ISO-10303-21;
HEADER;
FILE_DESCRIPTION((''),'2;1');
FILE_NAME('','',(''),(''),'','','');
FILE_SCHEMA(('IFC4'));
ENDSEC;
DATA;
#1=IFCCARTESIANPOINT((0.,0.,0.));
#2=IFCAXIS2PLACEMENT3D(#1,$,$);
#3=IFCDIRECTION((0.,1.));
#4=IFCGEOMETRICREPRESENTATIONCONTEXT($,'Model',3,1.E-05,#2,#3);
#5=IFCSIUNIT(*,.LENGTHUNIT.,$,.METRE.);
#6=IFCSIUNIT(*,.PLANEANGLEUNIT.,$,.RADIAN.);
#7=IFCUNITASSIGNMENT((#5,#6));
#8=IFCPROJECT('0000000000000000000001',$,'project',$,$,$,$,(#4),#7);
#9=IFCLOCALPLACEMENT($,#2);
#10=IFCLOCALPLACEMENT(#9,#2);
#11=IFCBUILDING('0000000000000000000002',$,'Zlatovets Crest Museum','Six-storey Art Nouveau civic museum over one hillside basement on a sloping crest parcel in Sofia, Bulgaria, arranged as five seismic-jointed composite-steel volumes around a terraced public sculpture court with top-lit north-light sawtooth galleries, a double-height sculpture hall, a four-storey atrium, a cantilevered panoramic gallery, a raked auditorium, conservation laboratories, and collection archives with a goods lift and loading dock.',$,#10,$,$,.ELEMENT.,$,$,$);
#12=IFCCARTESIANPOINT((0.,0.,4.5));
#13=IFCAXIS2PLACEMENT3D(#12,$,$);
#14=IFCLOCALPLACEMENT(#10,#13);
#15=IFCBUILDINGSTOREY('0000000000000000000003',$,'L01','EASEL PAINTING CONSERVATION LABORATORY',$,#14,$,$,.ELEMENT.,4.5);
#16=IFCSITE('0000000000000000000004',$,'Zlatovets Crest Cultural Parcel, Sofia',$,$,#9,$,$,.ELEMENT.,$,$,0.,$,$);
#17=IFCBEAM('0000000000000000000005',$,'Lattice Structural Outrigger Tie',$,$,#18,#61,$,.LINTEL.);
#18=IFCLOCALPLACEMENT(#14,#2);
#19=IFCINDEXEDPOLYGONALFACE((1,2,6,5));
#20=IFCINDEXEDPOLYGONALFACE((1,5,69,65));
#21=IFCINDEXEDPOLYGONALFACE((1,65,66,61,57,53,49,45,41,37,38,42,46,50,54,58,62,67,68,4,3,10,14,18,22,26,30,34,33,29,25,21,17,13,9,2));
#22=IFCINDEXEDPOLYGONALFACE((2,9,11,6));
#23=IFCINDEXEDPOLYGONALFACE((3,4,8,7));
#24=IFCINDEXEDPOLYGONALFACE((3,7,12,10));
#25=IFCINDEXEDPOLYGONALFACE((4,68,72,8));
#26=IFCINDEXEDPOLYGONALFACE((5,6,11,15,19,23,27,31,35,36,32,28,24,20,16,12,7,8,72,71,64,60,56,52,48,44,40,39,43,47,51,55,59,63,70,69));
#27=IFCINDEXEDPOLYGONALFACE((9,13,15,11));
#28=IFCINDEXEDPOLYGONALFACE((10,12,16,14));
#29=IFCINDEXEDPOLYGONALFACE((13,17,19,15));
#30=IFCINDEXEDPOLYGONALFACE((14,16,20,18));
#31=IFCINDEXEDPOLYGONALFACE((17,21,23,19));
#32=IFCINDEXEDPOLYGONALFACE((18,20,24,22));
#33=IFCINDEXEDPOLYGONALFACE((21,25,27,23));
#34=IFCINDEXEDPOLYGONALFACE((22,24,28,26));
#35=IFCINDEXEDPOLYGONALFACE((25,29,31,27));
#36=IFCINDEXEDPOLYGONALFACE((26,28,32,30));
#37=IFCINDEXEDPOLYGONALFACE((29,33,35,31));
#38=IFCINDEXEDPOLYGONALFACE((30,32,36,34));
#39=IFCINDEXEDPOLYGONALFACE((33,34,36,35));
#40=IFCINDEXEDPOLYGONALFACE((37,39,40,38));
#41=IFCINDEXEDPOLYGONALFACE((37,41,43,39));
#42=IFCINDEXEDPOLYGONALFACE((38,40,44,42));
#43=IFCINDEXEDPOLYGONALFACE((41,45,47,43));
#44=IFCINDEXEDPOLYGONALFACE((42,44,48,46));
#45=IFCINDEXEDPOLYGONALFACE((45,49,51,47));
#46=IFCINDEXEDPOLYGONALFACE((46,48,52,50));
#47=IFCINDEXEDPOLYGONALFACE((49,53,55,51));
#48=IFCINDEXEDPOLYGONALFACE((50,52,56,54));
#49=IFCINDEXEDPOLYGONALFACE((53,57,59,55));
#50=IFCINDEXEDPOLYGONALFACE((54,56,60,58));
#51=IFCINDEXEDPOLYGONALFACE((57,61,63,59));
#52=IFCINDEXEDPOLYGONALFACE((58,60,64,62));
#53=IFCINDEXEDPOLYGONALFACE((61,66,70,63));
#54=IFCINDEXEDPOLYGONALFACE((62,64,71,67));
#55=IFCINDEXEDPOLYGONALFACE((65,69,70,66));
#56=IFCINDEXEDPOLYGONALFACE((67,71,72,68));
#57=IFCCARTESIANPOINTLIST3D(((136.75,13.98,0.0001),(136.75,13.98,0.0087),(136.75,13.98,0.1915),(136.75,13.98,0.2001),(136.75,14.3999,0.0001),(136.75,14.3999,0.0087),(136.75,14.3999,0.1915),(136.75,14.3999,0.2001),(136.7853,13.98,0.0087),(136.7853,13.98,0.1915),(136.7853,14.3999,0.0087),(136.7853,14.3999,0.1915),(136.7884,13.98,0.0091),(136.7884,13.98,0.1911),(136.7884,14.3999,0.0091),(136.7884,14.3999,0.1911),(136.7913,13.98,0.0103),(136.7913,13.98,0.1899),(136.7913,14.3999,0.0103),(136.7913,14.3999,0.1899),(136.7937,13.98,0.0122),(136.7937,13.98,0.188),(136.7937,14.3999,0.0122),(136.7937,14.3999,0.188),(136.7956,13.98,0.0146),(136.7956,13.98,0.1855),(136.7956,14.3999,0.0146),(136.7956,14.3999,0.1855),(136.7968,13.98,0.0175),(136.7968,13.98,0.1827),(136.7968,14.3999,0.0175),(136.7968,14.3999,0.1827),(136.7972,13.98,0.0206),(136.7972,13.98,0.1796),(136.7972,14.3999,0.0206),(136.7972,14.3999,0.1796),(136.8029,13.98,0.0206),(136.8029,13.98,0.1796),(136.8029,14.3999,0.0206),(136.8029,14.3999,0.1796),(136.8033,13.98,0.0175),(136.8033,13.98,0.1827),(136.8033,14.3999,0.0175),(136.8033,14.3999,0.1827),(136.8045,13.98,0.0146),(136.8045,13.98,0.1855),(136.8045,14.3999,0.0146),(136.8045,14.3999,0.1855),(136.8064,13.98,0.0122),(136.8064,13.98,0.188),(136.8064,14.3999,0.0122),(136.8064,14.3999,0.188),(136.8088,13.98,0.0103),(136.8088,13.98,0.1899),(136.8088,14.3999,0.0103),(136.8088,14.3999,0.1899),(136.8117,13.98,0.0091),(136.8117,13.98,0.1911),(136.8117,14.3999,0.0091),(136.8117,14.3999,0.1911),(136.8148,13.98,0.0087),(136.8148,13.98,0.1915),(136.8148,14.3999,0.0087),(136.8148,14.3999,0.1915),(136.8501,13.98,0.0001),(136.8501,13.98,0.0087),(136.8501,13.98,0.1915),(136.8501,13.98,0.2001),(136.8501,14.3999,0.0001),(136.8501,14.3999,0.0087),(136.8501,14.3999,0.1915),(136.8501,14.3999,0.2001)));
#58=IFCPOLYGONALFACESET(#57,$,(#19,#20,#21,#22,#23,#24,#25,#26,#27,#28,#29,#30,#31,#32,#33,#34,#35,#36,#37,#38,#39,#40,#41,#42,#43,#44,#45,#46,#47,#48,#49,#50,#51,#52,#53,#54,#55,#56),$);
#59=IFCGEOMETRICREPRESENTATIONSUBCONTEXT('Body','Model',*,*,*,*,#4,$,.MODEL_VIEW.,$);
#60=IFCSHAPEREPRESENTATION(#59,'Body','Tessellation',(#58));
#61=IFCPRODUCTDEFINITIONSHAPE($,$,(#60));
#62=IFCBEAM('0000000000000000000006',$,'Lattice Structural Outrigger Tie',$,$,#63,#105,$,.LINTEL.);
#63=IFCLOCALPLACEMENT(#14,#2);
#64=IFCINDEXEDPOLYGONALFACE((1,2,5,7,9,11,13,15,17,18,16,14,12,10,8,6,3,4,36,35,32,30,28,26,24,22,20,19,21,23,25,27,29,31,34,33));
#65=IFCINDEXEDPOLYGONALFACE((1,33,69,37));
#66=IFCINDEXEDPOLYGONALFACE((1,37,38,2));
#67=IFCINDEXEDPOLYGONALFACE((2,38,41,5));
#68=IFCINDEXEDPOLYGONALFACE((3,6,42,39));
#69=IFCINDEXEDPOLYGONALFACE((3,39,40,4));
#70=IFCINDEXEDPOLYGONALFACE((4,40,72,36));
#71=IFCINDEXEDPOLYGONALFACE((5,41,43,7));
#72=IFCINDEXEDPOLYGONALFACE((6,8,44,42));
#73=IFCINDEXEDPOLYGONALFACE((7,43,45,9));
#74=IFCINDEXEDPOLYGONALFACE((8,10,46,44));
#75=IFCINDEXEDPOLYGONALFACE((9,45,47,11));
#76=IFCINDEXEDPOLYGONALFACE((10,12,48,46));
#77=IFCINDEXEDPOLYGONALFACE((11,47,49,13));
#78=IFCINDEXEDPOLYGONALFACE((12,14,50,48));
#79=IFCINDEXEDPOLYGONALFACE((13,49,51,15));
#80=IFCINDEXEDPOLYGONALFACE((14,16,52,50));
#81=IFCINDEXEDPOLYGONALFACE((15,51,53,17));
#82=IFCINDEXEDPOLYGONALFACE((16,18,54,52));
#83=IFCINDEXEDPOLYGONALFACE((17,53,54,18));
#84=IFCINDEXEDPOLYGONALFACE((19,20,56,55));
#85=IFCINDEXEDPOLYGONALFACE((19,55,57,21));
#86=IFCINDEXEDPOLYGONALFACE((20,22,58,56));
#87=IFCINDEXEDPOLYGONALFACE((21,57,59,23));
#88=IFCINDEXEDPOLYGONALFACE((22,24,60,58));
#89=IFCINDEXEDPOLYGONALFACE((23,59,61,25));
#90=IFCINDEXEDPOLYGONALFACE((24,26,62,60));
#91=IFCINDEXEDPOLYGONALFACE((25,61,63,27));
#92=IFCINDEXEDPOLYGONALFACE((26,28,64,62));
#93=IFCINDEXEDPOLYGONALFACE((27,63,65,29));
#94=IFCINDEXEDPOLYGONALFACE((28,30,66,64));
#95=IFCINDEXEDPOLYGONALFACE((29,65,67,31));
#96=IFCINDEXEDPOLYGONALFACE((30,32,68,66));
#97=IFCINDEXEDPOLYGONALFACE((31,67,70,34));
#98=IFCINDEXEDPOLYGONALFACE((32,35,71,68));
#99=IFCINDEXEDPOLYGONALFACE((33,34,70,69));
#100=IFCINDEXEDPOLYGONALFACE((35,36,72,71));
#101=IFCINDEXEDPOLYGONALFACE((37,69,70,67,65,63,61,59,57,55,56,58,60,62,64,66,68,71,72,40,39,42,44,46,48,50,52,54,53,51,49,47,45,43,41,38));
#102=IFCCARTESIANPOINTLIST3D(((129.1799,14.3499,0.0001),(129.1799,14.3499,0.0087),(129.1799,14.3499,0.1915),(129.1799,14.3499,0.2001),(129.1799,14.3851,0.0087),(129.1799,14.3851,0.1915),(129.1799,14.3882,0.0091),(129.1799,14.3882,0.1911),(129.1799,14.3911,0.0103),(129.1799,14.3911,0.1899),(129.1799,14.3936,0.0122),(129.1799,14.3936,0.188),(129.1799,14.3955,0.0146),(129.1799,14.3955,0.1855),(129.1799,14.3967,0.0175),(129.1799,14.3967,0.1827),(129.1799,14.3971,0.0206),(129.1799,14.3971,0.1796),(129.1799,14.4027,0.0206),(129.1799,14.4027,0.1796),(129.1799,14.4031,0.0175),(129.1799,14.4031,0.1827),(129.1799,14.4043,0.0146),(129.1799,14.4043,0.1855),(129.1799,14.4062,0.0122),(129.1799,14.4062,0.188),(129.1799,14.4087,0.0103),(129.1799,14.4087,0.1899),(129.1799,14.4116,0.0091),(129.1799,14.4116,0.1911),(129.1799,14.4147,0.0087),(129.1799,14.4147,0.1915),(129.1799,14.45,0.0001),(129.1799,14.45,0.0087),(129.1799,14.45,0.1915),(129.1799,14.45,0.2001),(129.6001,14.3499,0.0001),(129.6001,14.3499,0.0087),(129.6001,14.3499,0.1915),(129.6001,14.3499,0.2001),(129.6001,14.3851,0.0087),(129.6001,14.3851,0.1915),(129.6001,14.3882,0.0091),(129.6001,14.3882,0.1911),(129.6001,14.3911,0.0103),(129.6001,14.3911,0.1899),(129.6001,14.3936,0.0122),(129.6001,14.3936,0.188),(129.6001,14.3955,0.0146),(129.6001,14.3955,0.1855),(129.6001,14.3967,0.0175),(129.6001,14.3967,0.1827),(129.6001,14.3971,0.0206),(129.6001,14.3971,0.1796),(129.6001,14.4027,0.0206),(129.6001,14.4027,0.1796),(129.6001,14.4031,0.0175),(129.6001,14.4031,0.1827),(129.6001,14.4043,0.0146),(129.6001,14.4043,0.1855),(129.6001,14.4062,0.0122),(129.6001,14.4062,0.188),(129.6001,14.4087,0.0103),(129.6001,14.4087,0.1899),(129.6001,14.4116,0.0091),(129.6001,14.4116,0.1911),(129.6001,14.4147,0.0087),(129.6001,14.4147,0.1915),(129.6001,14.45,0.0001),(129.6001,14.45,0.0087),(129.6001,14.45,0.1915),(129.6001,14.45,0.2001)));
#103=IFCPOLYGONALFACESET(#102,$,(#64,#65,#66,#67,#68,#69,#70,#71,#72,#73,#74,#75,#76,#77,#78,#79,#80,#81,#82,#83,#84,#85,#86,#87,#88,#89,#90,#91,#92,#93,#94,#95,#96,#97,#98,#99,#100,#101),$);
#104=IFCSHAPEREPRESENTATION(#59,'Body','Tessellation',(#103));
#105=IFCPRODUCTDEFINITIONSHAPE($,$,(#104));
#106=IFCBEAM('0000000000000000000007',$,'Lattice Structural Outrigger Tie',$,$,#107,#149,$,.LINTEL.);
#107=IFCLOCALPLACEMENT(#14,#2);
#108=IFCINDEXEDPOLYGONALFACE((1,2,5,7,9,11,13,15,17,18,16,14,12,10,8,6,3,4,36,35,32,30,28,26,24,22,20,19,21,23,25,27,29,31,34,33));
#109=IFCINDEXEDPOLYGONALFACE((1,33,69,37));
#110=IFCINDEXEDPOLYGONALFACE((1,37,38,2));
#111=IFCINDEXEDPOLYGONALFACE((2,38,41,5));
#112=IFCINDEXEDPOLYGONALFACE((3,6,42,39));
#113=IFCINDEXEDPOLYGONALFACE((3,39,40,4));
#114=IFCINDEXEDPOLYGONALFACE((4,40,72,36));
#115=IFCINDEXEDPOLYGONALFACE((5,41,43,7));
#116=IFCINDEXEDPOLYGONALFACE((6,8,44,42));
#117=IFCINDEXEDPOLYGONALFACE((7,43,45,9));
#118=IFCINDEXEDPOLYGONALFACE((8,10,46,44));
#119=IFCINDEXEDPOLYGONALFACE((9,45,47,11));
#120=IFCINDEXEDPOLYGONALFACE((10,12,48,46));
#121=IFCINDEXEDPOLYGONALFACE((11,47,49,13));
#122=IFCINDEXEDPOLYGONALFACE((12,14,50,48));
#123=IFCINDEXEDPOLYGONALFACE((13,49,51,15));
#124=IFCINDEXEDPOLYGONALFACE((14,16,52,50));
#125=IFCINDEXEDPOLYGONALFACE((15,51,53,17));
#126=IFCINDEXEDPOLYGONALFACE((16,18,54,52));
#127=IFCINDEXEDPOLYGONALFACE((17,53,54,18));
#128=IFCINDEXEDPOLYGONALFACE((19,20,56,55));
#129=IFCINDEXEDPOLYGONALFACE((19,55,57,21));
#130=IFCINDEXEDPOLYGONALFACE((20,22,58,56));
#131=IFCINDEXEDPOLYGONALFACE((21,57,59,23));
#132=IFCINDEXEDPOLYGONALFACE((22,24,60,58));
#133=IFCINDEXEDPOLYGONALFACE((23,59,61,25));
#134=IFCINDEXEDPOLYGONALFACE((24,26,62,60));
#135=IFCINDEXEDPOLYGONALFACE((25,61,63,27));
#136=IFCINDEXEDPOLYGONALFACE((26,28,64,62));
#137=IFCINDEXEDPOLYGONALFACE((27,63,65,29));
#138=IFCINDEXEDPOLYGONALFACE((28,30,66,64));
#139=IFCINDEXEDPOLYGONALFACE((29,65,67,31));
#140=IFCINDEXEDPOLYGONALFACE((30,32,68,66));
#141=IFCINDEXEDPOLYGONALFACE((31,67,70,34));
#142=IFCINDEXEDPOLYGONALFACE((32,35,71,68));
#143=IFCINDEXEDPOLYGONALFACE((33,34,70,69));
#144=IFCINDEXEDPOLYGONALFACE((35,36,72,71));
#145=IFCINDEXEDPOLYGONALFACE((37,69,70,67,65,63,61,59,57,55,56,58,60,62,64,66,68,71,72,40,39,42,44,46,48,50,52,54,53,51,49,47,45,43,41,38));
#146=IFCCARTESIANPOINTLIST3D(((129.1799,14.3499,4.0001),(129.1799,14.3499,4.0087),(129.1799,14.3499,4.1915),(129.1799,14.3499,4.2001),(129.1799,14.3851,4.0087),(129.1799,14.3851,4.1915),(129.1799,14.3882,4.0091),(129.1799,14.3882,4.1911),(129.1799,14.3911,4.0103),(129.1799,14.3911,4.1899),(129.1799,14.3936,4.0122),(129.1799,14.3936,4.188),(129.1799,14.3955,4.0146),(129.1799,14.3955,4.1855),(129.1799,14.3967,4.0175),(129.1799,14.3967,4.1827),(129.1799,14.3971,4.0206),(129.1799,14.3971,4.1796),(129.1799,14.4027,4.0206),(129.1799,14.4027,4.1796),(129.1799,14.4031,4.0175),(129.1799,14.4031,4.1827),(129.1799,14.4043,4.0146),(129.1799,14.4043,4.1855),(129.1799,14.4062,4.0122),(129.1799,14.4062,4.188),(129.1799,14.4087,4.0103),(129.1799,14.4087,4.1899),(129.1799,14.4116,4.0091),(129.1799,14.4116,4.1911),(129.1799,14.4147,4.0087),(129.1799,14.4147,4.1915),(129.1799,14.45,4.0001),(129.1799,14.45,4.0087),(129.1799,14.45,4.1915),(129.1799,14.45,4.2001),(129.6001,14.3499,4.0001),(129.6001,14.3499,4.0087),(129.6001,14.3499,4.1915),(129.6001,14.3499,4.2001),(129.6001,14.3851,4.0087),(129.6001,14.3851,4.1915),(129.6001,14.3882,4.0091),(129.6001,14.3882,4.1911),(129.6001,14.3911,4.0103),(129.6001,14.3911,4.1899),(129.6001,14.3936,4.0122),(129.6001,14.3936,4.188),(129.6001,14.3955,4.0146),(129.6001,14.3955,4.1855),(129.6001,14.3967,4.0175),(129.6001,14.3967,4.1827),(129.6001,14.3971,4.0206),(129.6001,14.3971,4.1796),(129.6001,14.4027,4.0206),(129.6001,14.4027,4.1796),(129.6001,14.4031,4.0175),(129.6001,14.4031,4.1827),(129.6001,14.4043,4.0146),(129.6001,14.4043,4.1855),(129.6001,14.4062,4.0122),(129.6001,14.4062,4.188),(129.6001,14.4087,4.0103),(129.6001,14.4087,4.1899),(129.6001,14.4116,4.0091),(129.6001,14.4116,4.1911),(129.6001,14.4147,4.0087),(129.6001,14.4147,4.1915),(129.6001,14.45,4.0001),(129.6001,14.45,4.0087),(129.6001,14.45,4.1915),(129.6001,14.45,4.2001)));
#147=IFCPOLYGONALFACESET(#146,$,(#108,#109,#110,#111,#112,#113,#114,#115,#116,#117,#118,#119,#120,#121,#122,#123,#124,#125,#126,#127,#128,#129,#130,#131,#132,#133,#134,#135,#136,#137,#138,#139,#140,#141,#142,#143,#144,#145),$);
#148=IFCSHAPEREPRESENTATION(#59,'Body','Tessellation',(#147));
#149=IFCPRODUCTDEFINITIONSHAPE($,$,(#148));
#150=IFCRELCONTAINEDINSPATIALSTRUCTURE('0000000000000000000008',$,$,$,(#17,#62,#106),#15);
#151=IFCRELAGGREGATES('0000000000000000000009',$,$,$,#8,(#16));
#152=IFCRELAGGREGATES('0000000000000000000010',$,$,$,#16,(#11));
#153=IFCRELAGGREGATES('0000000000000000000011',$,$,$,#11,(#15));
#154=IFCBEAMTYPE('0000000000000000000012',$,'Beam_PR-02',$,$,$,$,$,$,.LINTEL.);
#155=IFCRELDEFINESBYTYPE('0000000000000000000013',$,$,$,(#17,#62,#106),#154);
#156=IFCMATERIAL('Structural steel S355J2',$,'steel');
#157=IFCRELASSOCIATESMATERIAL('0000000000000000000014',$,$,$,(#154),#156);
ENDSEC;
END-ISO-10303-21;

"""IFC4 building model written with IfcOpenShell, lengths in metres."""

from ifc_helpers import new_model, si_unit, direction, frame, origin, origin_2d, place, context, subcontext, project, spatial, i_section, extrude, material, material_profile, profile_set, type_object, element, save


model = new_model("IFC4")

# Units and contexts
model_context = context("Model", 3, precision=1e-05, world=origin(), true_north=direction((0.0, 1.0)))
body_context = subcontext(model_context, "Body", "Model", "MODEL_VIEW")
ifc_project = project(units=[si_unit("LENGTHUNIT", "METRE"), si_unit("PLANEANGLEUNIT", "RADIAN")], contexts=[model_context])

# Site, building, storey
site_placement = place(None, origin())
site = spatial("IfcSite", under=ifc_project, at=site_placement, Name="Zlatovets Crest Cultural Parcel, Sofia", CompositionType="ELEMENT", RefElevation=0.0)
building_placement = place(site_placement, origin())
building = spatial("IfcBuilding", under=site, at=building_placement, Name="Zlatovets Crest Museum", Description="Six-storey Art Nouveau civic museum over one hillside basement on a sloping crest parcel in Sofia, Bulgaria, arranged as five seismic-jointed composite-steel volumes around a terraced public sculpture court with top-lit north-light sawtooth galleries, a double-height sculpture hall, a four-storey atrium, a cantilevered panoramic gallery, a raked auditorium, conservation laboratories, and collection archives with a goods lift and loading dock.", CompositionType="ELEMENT")
storey_placement = place(building_placement, frame((0.0, 0.0, 4.5)))
storey = spatial("IfcBuildingStorey", under=building, at=storey_placement, Name="L01", Description="EASEL PAINTING CONSERVATION LABORATORY", CompositionType="ELEMENT", Elevation=4.5)

# Shared definitions
ifc_material_1 = material(Name="Structural steel S355J2", Category="steel")

# Beams
ifc_material_profile_1 = material_profile(ifc_material_1, i_section(OverallWidth=0.1001, OverallDepth=0.2, WebThickness=0.0056, FlangeThickness=0.0085, FilletRadius=0.012, at=origin_2d()), Name="IPE 200")
ifc_profile_set_1 = profile_set([ifc_material_profile_1], Name="Structural steel S355J2")
beam_type_1 = type_object("IfcBeamType", Name="Beam_PR-02", PredefinedType="LINTEL", material=ifc_profile_set_1)
for number, where, z_axis, x_axis, name in (
    (1, (136.8, 14.3999, 0.1001), (0.0, -1.0, 0.0), (1.0, 0.0, 0.0), "Lattice Structural Outrigger Tie"),
):
    element("IfcBeam", number, at=place(storey_placement, frame(where, z_axis=z_axis, x_axis=x_axis)), inside=storey, type_object=beam_type_1, Name=name, PredefinedType="LINTEL", context=body_context, shape_type="SweptSolid", body=[
        extrude(i_section(OverallWidth=0.1001, OverallDepth=0.2, WebThickness=0.0056, FlangeThickness=0.0085, FilletRadius=0.012, at=origin_2d()), origin(), (0.0, 0.0, 1.0), 0.4199),
    ])
for number, where, z_axis, x_axis, name in (
    (2, (129.6001, 14.3999, 0.1001), (-1.0, 0.0, 0.0), (0.0, -1.0, 0.0), "Lattice Structural Outrigger Tie"),
    (3, (129.6001, 14.3999, 4.1001), (-1.0, 0.0, 0.0), (0.0, -1.0, 0.0), "Lattice Structural Outrigger Tie"),
):
    element("IfcBeam", number, at=place(storey_placement, frame(where, z_axis=z_axis, x_axis=x_axis)), inside=storey, type_object=beam_type_1, Name=name, PredefinedType="LINTEL", context=body_context, shape_type="SweptSolid", body=[
        extrude(i_section(OverallWidth=0.1001, OverallDepth=0.2, WebThickness=0.0056, FlangeThickness=0.0085, FilletRadius=0.012, at=origin_2d()), origin(), (0.0, 0.0, 1.0), 0.4202),
    ])

save(model, "model.ifc")
